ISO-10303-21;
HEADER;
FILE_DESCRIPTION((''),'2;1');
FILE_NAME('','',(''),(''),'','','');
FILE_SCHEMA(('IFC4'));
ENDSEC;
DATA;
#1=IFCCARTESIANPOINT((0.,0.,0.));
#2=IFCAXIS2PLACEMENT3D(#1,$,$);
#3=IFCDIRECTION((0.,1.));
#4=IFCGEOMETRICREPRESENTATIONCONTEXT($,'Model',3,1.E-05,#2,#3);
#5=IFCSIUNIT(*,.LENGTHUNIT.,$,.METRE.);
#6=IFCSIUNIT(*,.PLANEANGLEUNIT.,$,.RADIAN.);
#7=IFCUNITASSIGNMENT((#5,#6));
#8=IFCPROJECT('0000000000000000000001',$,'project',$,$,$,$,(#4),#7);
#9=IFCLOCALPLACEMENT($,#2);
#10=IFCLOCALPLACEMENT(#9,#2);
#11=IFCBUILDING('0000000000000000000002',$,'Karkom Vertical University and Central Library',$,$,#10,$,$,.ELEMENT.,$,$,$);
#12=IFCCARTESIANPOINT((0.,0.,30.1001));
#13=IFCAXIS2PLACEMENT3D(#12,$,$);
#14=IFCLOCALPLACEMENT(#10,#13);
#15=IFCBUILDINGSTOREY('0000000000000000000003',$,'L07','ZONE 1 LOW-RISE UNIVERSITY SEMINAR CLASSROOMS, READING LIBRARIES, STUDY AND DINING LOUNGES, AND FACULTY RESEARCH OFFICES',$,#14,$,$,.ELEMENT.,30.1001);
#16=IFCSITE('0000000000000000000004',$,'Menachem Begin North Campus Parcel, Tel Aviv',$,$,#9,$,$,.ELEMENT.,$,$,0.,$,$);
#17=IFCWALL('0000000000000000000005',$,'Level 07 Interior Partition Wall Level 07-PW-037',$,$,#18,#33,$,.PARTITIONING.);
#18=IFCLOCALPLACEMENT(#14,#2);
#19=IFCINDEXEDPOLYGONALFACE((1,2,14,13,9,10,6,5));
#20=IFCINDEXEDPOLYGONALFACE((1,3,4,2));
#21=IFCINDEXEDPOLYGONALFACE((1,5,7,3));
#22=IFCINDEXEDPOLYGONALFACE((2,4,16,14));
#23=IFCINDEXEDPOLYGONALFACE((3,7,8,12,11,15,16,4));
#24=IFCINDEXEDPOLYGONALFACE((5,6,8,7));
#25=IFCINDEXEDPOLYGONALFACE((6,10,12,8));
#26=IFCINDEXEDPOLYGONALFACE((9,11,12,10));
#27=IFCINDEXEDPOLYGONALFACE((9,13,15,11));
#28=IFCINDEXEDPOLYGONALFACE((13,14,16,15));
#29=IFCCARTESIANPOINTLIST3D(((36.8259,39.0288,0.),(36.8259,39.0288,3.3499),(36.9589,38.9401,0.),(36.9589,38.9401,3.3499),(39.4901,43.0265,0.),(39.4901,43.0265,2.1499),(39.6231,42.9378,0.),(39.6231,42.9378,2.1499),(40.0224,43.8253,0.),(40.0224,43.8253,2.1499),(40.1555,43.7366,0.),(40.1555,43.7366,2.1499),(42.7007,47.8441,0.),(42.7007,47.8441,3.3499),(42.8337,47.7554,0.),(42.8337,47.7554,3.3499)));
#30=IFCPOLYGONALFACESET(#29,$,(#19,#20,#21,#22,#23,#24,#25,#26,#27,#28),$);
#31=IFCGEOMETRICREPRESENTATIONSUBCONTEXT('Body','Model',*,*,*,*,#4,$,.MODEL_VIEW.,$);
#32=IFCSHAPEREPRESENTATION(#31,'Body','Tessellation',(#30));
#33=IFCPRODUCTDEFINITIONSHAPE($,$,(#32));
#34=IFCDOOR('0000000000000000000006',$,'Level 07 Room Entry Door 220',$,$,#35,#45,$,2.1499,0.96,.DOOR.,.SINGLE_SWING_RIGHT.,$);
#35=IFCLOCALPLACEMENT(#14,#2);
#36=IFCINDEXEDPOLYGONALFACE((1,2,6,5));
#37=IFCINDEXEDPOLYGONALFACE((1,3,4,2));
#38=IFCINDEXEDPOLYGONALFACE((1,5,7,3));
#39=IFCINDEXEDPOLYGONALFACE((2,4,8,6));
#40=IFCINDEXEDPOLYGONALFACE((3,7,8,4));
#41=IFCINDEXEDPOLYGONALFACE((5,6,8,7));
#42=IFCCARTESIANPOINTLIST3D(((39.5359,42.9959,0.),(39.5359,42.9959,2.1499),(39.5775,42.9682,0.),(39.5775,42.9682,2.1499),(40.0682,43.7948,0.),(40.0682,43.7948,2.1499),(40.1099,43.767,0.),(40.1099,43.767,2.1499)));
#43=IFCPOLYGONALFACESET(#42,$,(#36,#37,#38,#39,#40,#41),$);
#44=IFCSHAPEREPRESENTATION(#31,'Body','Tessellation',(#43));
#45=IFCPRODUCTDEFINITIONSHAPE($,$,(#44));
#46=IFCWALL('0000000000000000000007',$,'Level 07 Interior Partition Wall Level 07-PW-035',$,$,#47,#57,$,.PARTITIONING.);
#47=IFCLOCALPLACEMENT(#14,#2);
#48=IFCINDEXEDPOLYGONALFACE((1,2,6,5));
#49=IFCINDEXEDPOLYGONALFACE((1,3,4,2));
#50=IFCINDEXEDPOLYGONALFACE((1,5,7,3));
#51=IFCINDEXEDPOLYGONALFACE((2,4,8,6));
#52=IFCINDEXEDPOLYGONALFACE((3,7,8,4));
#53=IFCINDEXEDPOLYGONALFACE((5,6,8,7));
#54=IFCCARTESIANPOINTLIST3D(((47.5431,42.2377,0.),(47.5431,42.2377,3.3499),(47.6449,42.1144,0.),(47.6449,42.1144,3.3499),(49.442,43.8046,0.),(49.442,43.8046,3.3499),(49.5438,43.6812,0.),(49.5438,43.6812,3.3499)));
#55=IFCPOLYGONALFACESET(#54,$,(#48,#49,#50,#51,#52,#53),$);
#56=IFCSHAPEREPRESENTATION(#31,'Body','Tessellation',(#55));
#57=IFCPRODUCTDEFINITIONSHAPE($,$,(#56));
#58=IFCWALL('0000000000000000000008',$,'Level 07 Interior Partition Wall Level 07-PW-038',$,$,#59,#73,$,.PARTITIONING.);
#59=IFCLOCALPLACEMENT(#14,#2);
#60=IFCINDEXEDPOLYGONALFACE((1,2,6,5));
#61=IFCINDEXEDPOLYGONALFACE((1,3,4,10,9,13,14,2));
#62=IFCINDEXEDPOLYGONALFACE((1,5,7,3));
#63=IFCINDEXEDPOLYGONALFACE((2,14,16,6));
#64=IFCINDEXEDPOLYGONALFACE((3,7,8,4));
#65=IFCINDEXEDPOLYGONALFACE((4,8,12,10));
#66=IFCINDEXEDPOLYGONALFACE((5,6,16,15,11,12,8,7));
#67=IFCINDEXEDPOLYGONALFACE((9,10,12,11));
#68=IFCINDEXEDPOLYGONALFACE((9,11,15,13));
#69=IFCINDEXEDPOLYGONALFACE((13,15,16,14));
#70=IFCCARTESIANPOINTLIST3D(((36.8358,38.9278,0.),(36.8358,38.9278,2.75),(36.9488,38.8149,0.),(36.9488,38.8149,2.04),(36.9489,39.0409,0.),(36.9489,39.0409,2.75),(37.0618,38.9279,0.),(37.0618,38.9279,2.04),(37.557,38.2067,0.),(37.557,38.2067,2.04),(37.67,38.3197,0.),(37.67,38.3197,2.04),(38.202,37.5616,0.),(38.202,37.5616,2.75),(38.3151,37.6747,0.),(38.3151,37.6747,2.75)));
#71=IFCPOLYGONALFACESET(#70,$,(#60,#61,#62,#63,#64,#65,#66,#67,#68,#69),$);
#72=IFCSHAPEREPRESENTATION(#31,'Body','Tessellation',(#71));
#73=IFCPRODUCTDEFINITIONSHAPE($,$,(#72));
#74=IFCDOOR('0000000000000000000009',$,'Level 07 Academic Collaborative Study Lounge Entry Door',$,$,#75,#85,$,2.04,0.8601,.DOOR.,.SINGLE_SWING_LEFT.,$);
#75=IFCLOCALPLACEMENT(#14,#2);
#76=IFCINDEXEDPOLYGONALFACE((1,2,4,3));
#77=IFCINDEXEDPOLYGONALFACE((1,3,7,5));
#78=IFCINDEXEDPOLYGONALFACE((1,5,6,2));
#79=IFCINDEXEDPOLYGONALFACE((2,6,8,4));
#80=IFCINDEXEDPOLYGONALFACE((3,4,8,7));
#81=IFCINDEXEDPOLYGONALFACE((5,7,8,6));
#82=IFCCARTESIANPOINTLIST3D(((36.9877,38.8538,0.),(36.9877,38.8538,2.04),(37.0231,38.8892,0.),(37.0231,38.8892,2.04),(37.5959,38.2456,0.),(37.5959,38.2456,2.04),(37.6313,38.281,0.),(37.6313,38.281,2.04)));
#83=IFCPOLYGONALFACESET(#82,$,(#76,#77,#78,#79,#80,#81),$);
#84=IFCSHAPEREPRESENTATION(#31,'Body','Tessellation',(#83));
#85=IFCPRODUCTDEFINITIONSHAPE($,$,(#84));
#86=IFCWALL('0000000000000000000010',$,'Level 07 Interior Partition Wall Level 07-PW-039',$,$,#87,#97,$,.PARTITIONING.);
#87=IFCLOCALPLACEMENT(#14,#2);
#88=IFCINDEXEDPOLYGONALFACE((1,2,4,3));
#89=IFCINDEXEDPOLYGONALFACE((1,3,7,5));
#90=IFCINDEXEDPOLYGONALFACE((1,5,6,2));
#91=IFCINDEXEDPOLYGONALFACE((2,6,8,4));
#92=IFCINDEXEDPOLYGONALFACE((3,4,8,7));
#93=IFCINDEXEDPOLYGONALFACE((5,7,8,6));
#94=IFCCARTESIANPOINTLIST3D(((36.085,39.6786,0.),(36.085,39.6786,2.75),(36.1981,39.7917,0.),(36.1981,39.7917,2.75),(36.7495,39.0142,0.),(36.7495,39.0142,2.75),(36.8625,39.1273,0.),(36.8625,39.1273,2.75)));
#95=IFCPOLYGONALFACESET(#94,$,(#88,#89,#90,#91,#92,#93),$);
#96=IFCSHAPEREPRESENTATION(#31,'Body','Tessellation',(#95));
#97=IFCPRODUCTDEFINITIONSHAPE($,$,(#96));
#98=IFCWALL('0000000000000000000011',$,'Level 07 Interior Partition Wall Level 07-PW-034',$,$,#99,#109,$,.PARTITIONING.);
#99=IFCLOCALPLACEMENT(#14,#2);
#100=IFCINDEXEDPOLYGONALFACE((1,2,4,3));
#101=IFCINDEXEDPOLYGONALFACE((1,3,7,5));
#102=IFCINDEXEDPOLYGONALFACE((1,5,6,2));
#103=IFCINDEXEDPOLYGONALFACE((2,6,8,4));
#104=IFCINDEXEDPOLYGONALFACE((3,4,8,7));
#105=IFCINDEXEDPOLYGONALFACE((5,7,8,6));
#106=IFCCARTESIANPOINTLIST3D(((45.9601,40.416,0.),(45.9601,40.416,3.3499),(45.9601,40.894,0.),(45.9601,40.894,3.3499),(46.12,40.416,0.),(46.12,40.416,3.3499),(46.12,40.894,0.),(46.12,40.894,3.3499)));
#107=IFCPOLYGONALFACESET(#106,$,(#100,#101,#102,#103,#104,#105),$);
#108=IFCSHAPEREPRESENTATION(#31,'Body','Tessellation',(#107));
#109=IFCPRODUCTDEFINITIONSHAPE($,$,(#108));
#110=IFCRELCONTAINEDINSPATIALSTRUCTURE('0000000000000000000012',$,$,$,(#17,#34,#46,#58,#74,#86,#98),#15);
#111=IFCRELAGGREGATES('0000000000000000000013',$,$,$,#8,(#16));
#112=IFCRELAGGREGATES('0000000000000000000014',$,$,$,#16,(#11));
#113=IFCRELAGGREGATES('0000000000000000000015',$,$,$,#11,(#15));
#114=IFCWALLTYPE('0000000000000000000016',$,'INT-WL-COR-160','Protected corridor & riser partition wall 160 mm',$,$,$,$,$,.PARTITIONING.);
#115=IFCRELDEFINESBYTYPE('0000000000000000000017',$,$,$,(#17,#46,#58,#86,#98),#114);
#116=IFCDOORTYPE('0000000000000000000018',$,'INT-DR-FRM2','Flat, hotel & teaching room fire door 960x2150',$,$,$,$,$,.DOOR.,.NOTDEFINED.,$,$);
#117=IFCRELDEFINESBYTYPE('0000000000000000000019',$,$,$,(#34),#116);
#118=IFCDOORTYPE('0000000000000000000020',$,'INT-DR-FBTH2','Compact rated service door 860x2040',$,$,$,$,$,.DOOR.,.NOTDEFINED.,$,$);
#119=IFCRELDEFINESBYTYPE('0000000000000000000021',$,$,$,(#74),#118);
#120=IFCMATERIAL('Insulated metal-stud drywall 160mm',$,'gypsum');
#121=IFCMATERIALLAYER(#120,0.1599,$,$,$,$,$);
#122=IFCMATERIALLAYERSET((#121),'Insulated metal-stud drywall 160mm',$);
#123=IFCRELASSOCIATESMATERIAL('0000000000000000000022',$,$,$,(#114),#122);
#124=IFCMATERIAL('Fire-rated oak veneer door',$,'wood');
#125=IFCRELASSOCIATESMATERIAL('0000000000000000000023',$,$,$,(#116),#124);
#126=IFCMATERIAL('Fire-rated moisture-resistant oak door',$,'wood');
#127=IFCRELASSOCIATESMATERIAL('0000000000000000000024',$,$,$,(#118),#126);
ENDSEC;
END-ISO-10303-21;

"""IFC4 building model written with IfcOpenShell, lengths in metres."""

from ifc_helpers import new_model, si_unit, direction, frame, frame_2d, origin, origin_with_axes, place, context, subcontext, project, spatial, rectangle, extrude, source, transform, mapped, material, layer, layer_set, type_object, element, fill, save


model = new_model("IFC4")

# Units and contexts
model_context = context("Model", 3, precision=1e-05, world=origin(), true_north=direction((0.0, 1.0)))
body_context = subcontext(model_context, "Body", "Model", "MODEL_VIEW")
ifc_project = project(units=[si_unit("LENGTHUNIT", "METRE"), si_unit("PLANEANGLEUNIT", "RADIAN")], contexts=[model_context])

# Site, building, storey
site_placement = place(None, origin())
site = spatial("IfcSite", under=ifc_project, at=site_placement, Name="Menachem Begin North Campus Parcel, Tel Aviv", CompositionType="ELEMENT", RefElevation=0.0)
building_placement = place(site_placement, origin())
building = spatial("IfcBuilding", under=site, at=building_placement, Name="Karkom Vertical University and Central Library", CompositionType="ELEMENT")
storey_placement = place(building_placement, frame((0.0, 0.0, 30.1001)))
storey = spatial("IfcBuildingStorey", under=building, at=storey_placement, Name="L07", Description="ZONE 1 LOW-RISE UNIVERSITY SEMINAR CLASSROOMS, READING LIBRARIES, STUDY AND DINING LOUNGES, AND FACULTY RESEARCH OFFICES", CompositionType="ELEMENT", Elevation=30.1001)

# Shared definitions
ifc_material_1 = material(Name="Insulated metal-stud drywall 160mm", Category="gypsum")
ifc_layer_1 = layer(ifc_material_1, 0.1599)
ifc_layer_set_1 = layer_set([ifc_layer_1], Name="Insulated metal-stud drywall 160mm")
wall_type_1 = type_object("IfcWallType", Name="INT-WL-COR-160", Description="Protected corridor & riser partition wall 160 mm", PredefinedType="PARTITIONING", material=ifc_layer_set_1)
ifc_material_2 = material(Name="Fire-rated oak veneer door", Category="wood")
door_type_1 = type_object("IfcDoorType", Name="INT-DR-FRM2", Description="Flat, hotel & teaching room fire door 960x2150", OperationType="NOTDEFINED", PredefinedType="DOOR", material=ifc_material_2)
shared_shape_1 = source(origin_with_axes(), body_context, "Body", "SweptSolid", [
    extrude(rectangle(XDim=0.96, YDim=2.1499, at=frame_2d((0.48, 1.075))), frame((0.0, 0.0249, 0.0), z_axis=(0.0, -1.0, 0.0), x_axis=(1.0, 0.0, 0.0)), (0.0, 0.0, 1.0), 0.05),
])

# Wall, opening, door
wall_1_placement = place(storey_placement, frame((36.8923, 38.9844, 0.0), z_axis=(0.0, 0.0, 1.0), x_axis=(0.554567, 0.832139, 0.0)))
wall_1 = element("IfcWall", 1, at=wall_1_placement, inside=storey, type_object=wall_type_1, Name="Level 07 Interior Partition Wall Level 07-PW-037", PredefinedType="PARTITIONING", context=body_context, shape_type="SweptSolid", body=[
    extrude(rectangle(XDim=10.5935, YDim=0.1599, at=frame_2d((5.2969, 0.0))), origin(), (0.0, 0.0, 1.0), 3.3499),
])
opening_1_placement = place(wall_1_placement, frame((4.8042, 0.0, 0.0)))
opening_1 = element("IfcOpeningElement", 2, at=opening_1_placement, cuts=wall_1, PredefinedType="OPENING", context=body_context, shape_type="SweptSolid", body=[
    extrude(rectangle(XDim=0.96, YDim=2.1499, at=frame_2d((0.48, 1.075))), frame((0.0, 0.0898, 0.0), z_axis=(0.0, -1.0, 0.0), x_axis=(1.0, 0.0, 0.0)), (0.0, 0.0, 1.0), 0.1799),
])
door_1_placement = place(opening_1_placement, origin())
door_1 = element("IfcDoor", 3, at=door_1_placement, inside=storey, type_object=door_type_1, Name="Level 07 Room Entry Door 220", OperationType="SINGLE_SWING_RIGHT", OverallHeight=2.1499, OverallWidth=0.96, PredefinedType="DOOR", context=body_context, shape_type="MappedRepresentation", body=[
    mapped(shared_shape_1, transform((0.0, 0.0, 0.0), scale=1.0)),
])
fill(opening_1, door_1)

# Wall
wall_2_placement = place(storey_placement, frame((47.594, 42.176, 0.0), z_axis=(0.0, 0.0, 1.0), x_axis=(0.771317, 0.636451, 0.0)))
element("IfcWall", 4, at=wall_2_placement, inside=storey, type_object=wall_type_1, Name="Level 07 Interior Partition Wall Level 07-PW-035", PredefinedType="PARTITIONING", context=body_context, shape_type="SweptSolid", body=[
    extrude(rectangle(XDim=2.4619, YDim=0.1599, at=frame_2d((1.231, 0.0))), origin(), (0.0, 0.0, 1.0), 3.3499),
])

# Wall, opening, door
wall_3_placement = place(storey_placement, frame((38.2585, 37.6182, 0.0), z_axis=(0.0, 0.0, 1.0), x_axis=(-0.707107, 0.707107, 0.0)))
wall_3 = element("IfcWall", 5, at=wall_3_placement, inside=storey, type_object=wall_type_1, Name="Level 07 Interior Partition Wall Level 07-PW-038", PredefinedType="PARTITIONING", context=body_context, shape_type="SweptSolid", body=[
    extrude(rectangle(XDim=1.9321, YDim=0.1599, at=frame_2d((0.9661, 0.0))), origin(), (0.0, 0.0, 1.0), 2.75),
])
opening_2_placement = place(wall_3_placement, frame((0.9121, 0.0, 0.0)))
opening_2 = element("IfcOpeningElement", 6, at=opening_2_placement, cuts=wall_3, PredefinedType="OPENING", context=body_context, shape_type="SweptSolid", body=[
    extrude(rectangle(XDim=0.8601, YDim=2.04, at=frame_2d((0.4302, 1.02))), frame((0.0, 0.0898, 0.0), z_axis=(0.0, -1.0, 0.0), x_axis=(1.0, 0.0, 0.0)), (0.0, 0.0, 1.0), 0.1799),
])
ifc_material_3 = material(Name="Fire-rated moisture-resistant oak door", Category="wood")
door_type_2 = type_object("IfcDoorType", Name="INT-DR-FBTH2", Description="Compact rated service door 860x2040", OperationType="NOTDEFINED", PredefinedType="DOOR", material=ifc_material_3)
shared_shape_2 = source(origin_with_axes(), body_context, "Body", "SweptSolid", [
    extrude(rectangle(XDim=0.8601, YDim=2.04, at=frame_2d((0.4302, 1.02))), frame((0.0, 0.0249, 0.0), z_axis=(0.0, -1.0, 0.0), x_axis=(1.0, 0.0, 0.0)), (0.0, 0.0, 1.0), 0.05),
])
door_2_placement = place(opening_2_placement, origin())
door_2 = element("IfcDoor", 7, at=door_2_placement, inside=storey, type_object=door_type_2, Name="Level 07 Academic Collaborative Study Lounge Entry Door", OperationType="SINGLE_SWING_LEFT", OverallHeight=2.04, OverallWidth=0.8601, PredefinedType="DOOR", context=body_context, shape_type="MappedRepresentation", body=[
    mapped(shared_shape_2, transform((0.0, 0.0, 0.0), scale=1.0)),
])
fill(opening_2, door_2)

# Walls
wall_4_placement = place(storey_placement, frame((36.8059, 39.0708, 0.0), z_axis=(0.0, 0.0, 1.0), x_axis=(-0.707107, 0.707107, 0.0)))
element("IfcWall", 8, at=wall_4_placement, inside=storey, type_object=wall_type_1, Name="Level 07 Interior Partition Wall Level 07-PW-039", PredefinedType="PARTITIONING", context=body_context, shape_type="SweptSolid", body=[
    extrude(rectangle(XDim=0.9397, YDim=0.1599, at=frame_2d((0.4697, 0.0))), origin(), (0.0, 0.0, 1.0), 2.75),
])
wall_5_placement = place(storey_placement, frame((46.04, 40.894, 0.0), z_axis=(0.0, 0.0, 1.0), x_axis=(0.0, -1.0, 0.0)))
element("IfcWall", 9, at=wall_5_placement, inside=storey, type_object=wall_type_1, Name="Level 07 Interior Partition Wall Level 07-PW-034", PredefinedType="PARTITIONING", context=body_context, shape_type="SweptSolid", body=[
    extrude(rectangle(XDim=0.478, YDim=0.1599, at=frame_2d((0.239, 0.0))), origin(), (0.0, 0.0, 1.0), 3.3499),
])

save(model, "model.ifc")
